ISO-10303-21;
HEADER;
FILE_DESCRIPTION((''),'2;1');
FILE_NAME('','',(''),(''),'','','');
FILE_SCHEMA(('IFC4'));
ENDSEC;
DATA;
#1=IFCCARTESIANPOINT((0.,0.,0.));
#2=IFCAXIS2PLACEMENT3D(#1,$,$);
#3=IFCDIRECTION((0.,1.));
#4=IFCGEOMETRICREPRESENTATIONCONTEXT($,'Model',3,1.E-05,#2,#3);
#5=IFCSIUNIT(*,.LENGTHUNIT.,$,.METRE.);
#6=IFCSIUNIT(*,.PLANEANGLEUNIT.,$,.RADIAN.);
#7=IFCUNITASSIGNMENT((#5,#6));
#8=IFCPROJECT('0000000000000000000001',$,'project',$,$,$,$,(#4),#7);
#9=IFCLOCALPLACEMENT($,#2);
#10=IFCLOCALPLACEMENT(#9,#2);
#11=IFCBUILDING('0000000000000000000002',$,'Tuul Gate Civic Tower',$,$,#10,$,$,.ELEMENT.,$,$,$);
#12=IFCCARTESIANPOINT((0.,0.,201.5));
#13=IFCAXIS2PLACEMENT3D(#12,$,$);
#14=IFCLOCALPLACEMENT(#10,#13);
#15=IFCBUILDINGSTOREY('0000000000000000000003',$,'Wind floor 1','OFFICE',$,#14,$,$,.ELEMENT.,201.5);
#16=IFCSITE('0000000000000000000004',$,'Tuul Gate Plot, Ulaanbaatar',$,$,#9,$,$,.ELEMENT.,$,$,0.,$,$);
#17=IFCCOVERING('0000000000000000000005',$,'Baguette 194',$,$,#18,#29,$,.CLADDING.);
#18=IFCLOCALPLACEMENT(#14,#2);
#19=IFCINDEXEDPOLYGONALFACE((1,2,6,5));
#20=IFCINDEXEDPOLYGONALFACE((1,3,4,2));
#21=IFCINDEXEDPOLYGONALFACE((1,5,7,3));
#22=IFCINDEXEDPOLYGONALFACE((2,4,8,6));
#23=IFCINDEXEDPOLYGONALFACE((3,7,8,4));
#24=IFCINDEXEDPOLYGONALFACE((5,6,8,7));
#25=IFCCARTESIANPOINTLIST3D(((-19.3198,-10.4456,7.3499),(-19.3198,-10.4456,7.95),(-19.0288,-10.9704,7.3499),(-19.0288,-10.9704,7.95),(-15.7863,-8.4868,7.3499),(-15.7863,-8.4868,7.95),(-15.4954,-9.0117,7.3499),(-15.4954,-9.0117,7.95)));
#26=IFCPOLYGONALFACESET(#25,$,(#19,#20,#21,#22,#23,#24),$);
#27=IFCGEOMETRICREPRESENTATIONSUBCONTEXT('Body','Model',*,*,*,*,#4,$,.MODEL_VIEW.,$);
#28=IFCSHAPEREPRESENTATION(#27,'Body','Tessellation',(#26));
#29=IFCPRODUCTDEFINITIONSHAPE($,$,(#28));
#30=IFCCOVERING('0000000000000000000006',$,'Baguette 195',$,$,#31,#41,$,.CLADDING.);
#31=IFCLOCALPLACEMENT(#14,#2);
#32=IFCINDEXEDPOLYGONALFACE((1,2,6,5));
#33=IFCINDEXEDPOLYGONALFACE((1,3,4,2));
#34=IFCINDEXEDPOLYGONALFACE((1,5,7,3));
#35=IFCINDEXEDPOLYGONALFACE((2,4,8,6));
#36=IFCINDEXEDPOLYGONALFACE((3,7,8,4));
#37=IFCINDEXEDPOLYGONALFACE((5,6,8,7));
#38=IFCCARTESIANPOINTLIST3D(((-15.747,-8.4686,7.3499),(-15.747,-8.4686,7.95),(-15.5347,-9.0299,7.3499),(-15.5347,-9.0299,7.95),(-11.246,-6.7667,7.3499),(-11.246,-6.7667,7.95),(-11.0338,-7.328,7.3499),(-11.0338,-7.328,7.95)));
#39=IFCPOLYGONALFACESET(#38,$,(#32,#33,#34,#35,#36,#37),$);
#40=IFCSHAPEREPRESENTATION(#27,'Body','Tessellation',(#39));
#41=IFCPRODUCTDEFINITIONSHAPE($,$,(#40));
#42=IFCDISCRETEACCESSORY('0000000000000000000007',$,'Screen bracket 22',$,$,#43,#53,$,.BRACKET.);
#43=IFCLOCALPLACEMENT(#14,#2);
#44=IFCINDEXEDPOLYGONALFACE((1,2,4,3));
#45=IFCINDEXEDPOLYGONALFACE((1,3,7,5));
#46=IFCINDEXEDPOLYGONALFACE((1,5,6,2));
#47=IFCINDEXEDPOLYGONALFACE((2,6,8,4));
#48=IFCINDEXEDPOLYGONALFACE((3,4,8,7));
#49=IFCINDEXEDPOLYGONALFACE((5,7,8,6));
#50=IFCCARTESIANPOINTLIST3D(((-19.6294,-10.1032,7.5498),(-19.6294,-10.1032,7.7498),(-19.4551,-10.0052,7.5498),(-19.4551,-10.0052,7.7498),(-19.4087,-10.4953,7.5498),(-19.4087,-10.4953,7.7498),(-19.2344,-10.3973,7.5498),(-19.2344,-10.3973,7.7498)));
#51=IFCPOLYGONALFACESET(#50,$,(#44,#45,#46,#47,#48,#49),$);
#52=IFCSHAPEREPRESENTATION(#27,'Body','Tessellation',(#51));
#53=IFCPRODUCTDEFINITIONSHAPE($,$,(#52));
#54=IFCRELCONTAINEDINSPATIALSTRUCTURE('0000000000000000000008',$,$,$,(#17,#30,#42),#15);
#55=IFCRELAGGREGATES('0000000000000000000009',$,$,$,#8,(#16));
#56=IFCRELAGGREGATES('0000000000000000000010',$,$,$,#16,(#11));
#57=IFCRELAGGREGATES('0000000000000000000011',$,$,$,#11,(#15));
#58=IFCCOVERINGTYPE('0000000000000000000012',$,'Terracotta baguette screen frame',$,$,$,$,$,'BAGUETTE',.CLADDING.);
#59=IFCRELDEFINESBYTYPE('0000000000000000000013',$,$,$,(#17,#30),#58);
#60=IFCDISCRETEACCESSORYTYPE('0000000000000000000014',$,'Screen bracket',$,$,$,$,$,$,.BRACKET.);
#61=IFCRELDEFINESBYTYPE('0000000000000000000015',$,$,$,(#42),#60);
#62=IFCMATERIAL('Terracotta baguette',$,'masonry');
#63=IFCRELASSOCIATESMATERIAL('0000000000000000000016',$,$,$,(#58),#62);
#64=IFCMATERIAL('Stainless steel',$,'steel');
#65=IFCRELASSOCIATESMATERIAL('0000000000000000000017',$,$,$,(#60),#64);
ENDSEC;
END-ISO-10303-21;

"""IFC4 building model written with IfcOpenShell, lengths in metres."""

from ifc_helpers import new_model, si_unit, direction, frame, origin, origin_2d, place, context, subcontext, project, spatial, rectangle, extrude, material, material_profile, profile_set, type_object, element, save


model = new_model("IFC4")

# Units and contexts
model_context = context("Model", 3, precision=1e-05, world=origin(), true_north=direction((0.0, 1.0)))
body_context = subcontext(model_context, "Body", "Model", "MODEL_VIEW")
ifc_project = project(units=[si_unit("LENGTHUNIT", "METRE"), si_unit("PLANEANGLEUNIT", "RADIAN")], contexts=[model_context])

# Site, building, storey
site_placement = place(None, origin())
site = spatial("IfcSite", under=ifc_project, at=site_placement, Name="Tuul Gate Plot, Ulaanbaatar", CompositionType="ELEMENT", RefElevation=0.0)
building_placement = place(site_placement, origin())
building = spatial("IfcBuilding", under=site, at=building_placement, Name="Tuul Gate Civic Tower", CompositionType="ELEMENT")
storey_placement = place(building_placement, frame((0.0, 0.0, 201.5)))
storey = spatial("IfcBuildingStorey", under=building, at=storey_placement, Name="Wind floor 1", Description="OFFICE", CompositionType="ELEMENT", Elevation=201.5)

# Coverings
ifc_material_1 = material(Name="Terracotta baguette", Category="masonry")
ifc_material_profile_1 = material_profile(ifc_material_1, rectangle(XDim=0.6001, YDim=0.6001, at=origin_2d()), Name="Terracotta baguette screen frame")
ifc_profile_set_1 = profile_set([ifc_material_profile_1], Name="Terracotta baguette")
covering_type = type_object("IfcCoveringType", Name="Terracotta baguette screen frame", ElementType="BAGUETTE", PredefinedType="CLADDING", material=ifc_profile_set_1)
covering_1_placement = place(storey_placement, frame((-19.1743, -10.708, 7.6499), z_axis=(0.874607, 0.484832, 0.0), x_axis=(-0.484832, 0.874607, 0.0)))
element("IfcCovering", 1, at=covering_1_placement, inside=storey, type_object=covering_type, Name="Baguette 194", PredefinedType="CLADDING", context=body_context, shape_type="SweptSolid", body=[
    extrude(rectangle(XDim=0.6001, YDim=0.6001, at=origin_2d()), origin(), (0.0, 0.0, 1.0), 4.04),
])
covering_2_placement = place(storey_placement, frame((-15.6409, -8.7493, 7.6499), z_axis=(0.935367, 0.35368, 0.0), x_axis=(-0.35368, 0.935367, 0.0)))
element("IfcCovering", 2, at=covering_2_placement, inside=storey, type_object=covering_type, Name="Baguette 195", PredefinedType="CLADDING", context=body_context, shape_type="SweptSolid", body=[
    extrude(rectangle(XDim=0.6001, YDim=0.6001, at=origin_2d()), origin(), (0.0, 0.0, 1.0), 4.812),
])

# Discrete accessory
ifc_material_2 = material(Name="Stainless steel", Category="steel")
discrete_accessory_type = type_object("IfcDiscreteAccessoryType", Name="Screen bracket", PredefinedType="BRACKET", material=ifc_material_2)
discrete_accessory_placement = place(storey_placement, frame((-19.4319, -10.2502, 7.5498), z_axis=(0.0, 0.0, 1.0), x_axis=(0.490463, -0.871462, 0.0)))
element("IfcDiscreteAccessory", 3, at=discrete_accessory_placement, inside=storey, type_object=discrete_accessory_type, Name="Screen bracket 22", PredefinedType="BRACKET", context=body_context, shape_type="SweptSolid", body=[
    extrude(rectangle(XDim=0.45, YDim=0.2, at=origin_2d()), origin(), (0.0, 0.0, 1.0), 0.2),
])

save(model, "model.ifc")
